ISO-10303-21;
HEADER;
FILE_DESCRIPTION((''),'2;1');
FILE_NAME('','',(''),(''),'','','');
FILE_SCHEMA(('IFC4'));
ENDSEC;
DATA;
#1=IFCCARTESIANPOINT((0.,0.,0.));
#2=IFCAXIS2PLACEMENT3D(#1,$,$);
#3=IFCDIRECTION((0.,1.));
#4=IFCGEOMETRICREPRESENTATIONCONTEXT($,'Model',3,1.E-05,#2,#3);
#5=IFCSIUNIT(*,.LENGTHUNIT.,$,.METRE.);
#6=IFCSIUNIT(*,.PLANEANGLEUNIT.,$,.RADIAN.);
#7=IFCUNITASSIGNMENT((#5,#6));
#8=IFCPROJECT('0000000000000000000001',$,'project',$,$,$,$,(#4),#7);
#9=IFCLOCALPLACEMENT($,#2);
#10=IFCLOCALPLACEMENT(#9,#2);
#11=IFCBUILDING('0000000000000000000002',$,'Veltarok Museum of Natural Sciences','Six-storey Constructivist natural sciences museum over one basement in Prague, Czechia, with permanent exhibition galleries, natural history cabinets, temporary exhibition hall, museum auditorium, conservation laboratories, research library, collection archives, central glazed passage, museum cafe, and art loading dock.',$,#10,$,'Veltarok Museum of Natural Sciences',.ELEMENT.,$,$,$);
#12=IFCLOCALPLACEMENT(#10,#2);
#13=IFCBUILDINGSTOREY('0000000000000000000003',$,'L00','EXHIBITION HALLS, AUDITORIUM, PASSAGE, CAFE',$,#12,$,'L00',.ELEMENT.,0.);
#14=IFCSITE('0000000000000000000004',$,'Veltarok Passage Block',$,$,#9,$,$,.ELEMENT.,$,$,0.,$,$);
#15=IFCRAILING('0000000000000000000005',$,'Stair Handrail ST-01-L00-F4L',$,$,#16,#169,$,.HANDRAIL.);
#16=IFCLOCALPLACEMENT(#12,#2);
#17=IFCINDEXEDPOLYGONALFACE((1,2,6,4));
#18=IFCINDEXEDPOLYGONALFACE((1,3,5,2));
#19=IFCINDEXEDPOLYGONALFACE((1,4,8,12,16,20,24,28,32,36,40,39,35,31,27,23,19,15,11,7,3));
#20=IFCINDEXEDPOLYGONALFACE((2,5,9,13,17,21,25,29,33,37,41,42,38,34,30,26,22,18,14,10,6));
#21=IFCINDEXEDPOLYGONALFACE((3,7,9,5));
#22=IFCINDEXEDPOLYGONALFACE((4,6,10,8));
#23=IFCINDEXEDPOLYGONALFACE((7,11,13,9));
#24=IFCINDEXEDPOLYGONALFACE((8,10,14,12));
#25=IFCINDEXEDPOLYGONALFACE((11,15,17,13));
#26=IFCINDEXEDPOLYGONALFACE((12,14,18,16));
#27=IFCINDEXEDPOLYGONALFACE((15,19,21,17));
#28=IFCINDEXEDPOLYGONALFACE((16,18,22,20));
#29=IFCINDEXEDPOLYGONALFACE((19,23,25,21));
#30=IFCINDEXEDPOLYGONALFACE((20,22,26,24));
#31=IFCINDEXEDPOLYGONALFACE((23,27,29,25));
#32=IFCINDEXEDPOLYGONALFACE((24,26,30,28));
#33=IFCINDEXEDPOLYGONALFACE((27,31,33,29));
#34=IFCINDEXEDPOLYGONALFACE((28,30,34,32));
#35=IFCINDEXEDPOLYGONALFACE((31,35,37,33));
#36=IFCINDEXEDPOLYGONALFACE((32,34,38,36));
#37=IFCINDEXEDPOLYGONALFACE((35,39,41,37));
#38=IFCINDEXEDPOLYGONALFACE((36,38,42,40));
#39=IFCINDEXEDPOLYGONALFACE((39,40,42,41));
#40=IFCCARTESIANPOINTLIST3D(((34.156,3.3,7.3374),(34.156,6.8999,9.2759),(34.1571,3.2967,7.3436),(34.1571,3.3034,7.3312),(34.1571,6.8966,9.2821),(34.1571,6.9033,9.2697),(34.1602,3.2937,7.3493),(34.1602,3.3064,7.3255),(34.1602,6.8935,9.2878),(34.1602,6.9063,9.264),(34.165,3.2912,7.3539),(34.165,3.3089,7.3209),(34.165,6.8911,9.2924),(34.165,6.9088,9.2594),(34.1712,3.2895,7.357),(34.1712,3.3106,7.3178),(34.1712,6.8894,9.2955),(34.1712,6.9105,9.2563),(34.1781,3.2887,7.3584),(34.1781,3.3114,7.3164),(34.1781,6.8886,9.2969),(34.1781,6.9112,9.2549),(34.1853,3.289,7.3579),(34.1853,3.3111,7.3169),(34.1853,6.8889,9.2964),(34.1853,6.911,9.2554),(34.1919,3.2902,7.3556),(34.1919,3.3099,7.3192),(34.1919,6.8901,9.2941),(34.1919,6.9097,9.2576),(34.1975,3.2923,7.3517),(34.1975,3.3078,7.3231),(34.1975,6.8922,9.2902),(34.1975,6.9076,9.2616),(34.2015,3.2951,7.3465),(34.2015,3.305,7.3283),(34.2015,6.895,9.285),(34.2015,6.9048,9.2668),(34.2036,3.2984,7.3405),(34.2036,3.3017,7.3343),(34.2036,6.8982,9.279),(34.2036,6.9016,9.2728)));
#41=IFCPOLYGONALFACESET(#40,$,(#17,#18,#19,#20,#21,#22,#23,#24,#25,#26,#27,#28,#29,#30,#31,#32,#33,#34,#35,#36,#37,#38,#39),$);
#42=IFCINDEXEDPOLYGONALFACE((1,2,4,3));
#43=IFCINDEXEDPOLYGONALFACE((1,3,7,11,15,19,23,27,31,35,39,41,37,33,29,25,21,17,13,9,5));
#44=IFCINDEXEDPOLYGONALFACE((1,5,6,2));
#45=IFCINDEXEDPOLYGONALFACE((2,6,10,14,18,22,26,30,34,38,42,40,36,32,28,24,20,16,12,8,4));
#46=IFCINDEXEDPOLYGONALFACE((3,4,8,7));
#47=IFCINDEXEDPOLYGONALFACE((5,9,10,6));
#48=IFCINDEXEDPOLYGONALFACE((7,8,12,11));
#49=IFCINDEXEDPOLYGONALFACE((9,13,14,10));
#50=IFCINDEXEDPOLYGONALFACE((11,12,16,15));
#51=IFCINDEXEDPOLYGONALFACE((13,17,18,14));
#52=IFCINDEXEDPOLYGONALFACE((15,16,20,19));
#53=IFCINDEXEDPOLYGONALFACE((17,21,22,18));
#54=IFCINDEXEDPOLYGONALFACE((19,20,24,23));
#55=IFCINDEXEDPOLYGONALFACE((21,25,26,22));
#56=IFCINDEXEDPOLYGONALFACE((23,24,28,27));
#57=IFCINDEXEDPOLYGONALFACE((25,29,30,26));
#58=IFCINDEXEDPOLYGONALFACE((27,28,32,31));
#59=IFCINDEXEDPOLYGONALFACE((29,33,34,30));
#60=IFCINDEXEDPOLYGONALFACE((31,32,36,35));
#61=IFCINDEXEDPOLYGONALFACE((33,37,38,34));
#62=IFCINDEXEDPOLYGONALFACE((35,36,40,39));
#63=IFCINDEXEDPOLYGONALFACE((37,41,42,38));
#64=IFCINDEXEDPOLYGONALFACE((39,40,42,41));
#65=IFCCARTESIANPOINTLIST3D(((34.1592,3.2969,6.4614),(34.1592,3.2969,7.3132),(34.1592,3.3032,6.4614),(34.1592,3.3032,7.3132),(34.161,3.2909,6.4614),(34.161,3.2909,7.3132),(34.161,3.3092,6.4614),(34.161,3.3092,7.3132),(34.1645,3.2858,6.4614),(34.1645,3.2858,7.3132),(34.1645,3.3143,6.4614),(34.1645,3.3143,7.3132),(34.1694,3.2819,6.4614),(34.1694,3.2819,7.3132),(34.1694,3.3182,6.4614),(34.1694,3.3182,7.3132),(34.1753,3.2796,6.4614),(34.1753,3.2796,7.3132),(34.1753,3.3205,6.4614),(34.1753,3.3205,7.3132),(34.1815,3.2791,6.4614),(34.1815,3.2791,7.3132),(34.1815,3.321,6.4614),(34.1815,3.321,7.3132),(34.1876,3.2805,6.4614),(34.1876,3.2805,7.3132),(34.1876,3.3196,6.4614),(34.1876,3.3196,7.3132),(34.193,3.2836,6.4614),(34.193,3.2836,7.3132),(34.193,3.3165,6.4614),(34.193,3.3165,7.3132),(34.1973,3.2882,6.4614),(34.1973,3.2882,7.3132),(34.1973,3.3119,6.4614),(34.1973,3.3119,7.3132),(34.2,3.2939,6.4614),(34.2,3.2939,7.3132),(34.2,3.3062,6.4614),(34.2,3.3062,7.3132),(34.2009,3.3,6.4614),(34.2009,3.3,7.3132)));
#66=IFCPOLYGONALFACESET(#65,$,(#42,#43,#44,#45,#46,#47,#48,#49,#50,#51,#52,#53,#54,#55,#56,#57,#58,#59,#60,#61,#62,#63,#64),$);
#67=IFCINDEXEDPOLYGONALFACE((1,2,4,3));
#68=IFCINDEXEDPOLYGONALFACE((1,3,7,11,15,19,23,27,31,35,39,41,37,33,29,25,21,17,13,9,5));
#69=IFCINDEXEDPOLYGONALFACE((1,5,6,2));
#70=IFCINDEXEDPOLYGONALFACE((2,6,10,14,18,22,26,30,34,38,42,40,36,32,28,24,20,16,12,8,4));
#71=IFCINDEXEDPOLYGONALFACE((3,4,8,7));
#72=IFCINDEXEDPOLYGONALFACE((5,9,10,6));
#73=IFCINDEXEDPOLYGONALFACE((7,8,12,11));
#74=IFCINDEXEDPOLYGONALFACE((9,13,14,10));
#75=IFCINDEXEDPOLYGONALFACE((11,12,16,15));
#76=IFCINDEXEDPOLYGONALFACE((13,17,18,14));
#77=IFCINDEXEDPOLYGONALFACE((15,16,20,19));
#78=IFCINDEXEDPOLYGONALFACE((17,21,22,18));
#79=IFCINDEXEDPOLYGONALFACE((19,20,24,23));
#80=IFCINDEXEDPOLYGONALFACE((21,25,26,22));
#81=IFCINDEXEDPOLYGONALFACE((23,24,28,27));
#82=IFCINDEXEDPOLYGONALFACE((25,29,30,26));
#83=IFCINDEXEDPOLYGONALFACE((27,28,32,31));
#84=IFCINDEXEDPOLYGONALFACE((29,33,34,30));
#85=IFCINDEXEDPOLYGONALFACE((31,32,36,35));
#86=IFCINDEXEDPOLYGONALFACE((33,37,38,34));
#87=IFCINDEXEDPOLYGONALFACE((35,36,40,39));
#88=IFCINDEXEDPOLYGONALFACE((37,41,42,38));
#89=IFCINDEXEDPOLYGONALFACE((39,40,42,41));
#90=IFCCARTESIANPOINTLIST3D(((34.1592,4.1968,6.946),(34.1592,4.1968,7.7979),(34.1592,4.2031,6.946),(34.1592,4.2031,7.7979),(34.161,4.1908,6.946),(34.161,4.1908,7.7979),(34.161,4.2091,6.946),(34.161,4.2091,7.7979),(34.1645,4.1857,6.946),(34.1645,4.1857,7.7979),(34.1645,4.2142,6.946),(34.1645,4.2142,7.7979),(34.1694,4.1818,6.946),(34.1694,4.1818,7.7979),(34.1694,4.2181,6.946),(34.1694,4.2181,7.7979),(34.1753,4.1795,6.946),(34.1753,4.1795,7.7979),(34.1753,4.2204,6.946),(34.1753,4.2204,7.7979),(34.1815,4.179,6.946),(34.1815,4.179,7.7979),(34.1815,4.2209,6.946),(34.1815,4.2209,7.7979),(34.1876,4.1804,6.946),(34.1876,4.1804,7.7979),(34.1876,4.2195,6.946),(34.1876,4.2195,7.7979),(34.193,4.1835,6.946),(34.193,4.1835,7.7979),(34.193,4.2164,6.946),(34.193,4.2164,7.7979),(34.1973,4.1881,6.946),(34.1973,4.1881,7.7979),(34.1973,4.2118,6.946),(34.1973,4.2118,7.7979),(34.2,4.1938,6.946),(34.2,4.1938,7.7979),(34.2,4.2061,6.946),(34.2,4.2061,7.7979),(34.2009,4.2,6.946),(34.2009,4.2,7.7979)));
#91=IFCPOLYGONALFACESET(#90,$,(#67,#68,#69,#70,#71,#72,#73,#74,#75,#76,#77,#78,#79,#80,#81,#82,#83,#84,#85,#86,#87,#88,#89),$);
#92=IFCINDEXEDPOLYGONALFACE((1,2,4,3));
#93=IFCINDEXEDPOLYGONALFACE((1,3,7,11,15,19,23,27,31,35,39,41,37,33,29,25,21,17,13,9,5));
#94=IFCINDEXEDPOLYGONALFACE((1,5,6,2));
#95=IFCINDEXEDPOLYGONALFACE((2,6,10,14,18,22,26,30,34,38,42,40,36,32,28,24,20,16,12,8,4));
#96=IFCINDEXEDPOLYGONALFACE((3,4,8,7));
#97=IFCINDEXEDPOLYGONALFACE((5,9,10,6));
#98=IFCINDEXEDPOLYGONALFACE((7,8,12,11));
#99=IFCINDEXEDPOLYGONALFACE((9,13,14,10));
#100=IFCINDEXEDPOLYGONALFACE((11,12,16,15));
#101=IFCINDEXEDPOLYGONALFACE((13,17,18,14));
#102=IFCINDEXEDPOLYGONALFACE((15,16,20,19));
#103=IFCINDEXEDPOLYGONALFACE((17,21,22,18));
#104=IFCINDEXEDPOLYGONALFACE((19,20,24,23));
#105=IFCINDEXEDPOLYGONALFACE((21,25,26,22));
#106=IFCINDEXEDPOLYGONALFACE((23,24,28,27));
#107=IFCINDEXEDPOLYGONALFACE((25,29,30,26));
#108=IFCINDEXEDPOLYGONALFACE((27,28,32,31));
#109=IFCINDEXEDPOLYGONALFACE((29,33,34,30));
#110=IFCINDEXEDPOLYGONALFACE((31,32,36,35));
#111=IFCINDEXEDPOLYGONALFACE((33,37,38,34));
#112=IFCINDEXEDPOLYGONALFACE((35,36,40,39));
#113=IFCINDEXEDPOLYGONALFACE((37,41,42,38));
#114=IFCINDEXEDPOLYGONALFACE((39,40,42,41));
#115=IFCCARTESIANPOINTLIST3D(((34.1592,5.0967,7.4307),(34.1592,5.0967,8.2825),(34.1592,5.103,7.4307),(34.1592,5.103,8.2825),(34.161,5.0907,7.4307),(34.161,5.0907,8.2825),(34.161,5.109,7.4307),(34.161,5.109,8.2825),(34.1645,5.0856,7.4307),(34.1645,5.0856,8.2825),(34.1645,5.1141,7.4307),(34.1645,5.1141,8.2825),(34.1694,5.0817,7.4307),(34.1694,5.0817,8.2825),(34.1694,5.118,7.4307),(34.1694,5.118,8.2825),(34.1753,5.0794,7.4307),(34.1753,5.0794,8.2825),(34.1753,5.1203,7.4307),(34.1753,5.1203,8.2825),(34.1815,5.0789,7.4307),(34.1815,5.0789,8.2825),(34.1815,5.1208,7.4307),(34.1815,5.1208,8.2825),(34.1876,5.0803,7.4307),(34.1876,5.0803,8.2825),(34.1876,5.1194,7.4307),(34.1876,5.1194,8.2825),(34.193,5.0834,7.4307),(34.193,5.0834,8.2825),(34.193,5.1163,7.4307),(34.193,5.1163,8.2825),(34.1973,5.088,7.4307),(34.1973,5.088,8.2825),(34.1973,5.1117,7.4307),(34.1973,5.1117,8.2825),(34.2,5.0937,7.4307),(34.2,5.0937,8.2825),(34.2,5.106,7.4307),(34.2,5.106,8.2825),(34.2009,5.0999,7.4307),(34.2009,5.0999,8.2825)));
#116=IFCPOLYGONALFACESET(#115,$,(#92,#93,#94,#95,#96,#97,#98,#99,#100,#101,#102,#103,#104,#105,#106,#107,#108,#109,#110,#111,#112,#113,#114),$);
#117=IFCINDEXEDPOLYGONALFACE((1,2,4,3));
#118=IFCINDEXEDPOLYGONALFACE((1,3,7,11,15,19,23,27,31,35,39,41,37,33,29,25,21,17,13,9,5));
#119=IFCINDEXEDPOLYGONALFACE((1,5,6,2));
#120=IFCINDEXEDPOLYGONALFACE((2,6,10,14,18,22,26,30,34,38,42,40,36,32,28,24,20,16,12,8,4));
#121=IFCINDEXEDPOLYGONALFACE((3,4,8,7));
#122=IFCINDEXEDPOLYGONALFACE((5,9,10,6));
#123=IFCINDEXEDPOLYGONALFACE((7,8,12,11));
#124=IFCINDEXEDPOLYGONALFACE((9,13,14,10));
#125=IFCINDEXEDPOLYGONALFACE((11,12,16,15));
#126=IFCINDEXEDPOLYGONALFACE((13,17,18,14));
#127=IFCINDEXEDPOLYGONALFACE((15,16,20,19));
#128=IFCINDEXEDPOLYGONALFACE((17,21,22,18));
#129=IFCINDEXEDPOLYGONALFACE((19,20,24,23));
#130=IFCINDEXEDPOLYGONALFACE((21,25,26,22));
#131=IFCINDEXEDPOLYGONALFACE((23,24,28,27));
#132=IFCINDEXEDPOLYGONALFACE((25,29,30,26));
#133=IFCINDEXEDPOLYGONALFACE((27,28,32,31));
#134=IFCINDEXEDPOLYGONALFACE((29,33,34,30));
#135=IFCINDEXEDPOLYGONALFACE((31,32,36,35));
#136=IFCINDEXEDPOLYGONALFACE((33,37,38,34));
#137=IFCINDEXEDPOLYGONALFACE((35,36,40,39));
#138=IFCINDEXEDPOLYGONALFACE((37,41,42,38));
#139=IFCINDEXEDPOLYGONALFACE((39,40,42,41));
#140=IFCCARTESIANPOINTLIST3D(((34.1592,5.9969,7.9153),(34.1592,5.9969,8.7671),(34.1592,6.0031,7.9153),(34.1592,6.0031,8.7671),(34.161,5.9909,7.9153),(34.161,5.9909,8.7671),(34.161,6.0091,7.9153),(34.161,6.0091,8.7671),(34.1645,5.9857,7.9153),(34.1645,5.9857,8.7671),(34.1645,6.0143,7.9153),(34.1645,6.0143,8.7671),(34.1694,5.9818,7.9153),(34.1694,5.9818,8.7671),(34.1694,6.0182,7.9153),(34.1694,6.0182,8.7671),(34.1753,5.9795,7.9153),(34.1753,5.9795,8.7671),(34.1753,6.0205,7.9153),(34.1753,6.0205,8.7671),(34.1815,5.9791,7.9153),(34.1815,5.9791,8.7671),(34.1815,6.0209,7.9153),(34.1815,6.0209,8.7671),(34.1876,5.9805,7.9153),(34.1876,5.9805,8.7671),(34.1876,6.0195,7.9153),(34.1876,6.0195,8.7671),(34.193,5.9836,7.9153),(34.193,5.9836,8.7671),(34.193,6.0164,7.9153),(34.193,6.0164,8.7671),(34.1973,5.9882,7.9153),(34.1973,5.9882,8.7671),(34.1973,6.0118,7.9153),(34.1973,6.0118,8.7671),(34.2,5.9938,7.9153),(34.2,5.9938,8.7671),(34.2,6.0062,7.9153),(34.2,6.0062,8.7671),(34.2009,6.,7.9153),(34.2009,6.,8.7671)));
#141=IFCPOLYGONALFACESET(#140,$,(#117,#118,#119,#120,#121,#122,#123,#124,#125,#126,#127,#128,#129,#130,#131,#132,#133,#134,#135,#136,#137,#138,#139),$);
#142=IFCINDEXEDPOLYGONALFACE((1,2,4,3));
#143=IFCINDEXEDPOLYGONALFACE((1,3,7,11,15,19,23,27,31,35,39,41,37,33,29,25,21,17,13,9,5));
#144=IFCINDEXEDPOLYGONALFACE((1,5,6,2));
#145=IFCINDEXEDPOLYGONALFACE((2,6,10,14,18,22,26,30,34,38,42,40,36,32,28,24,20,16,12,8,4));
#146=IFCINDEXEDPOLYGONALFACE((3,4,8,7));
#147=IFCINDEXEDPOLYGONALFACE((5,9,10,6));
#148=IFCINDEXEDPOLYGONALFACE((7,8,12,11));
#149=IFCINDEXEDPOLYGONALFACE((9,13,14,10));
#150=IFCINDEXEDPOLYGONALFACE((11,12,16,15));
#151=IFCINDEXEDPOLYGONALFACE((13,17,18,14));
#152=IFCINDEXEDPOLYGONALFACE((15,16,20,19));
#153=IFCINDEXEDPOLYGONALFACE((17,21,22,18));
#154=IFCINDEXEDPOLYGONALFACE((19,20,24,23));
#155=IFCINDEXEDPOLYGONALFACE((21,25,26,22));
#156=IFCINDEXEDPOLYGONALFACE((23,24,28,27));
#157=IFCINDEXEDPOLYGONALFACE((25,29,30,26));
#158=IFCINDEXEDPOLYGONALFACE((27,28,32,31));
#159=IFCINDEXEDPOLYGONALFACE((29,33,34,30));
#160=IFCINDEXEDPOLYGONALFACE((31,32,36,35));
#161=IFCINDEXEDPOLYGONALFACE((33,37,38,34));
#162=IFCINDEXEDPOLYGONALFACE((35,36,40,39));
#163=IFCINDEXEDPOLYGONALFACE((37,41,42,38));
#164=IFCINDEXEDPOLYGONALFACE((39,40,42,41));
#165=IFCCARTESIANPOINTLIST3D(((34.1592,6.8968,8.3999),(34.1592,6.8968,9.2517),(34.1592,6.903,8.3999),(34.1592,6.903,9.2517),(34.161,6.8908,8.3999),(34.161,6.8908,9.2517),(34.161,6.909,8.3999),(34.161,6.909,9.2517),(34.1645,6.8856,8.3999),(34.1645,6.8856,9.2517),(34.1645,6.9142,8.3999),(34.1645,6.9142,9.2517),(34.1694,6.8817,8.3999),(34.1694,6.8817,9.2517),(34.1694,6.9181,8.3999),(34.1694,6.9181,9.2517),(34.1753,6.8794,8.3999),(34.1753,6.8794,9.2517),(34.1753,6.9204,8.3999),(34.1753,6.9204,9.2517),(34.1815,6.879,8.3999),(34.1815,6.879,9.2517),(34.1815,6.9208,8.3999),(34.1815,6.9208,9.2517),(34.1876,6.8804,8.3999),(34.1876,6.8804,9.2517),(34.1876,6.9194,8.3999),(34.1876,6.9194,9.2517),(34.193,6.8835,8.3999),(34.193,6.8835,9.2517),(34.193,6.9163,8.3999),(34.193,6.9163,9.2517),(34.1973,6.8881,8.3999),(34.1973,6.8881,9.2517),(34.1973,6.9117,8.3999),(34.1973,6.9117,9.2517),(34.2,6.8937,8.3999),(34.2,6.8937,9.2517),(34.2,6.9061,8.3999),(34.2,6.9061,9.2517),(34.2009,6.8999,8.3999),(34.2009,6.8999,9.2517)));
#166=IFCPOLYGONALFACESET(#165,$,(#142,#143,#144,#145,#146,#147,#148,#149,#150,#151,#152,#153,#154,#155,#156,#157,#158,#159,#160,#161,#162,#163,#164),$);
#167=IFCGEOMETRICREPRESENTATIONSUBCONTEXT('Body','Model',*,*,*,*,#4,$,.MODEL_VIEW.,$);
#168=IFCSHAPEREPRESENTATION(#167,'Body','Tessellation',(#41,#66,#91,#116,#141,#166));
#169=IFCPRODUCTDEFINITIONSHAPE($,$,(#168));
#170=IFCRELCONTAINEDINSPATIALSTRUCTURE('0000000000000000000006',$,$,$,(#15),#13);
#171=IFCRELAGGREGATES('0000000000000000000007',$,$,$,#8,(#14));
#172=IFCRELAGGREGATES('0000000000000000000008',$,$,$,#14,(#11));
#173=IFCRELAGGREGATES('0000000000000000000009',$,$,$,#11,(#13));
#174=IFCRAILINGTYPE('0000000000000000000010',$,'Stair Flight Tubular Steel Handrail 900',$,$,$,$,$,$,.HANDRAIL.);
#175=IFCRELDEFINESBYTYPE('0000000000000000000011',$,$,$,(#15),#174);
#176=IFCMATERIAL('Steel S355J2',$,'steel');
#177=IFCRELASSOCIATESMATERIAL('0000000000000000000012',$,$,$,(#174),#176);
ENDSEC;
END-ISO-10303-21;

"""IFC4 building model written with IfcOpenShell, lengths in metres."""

from ifc_helpers import new_model, si_unit, direction, frame, origin, origin_2d, place, context, subcontext, project, spatial, circle, extrude, material, type_object, element, save


model = new_model("IFC4")

# Units and contexts
model_context = context("Model", 3, precision=1e-05, world=origin(), true_north=direction((0.0, 1.0)))
body_context = subcontext(model_context, "Body", "Model", "MODEL_VIEW")
ifc_project = project(units=[si_unit("LENGTHUNIT", "METRE"), si_unit("PLANEANGLEUNIT", "RADIAN")], contexts=[model_context])

# Site, building, storey
site_placement = place(None, origin())
site = spatial("IfcSite", under=ifc_project, at=site_placement, Name="Veltarok Passage Block", CompositionType="ELEMENT", RefElevation=0.0)
building_placement = place(site_placement, origin())
building = spatial("IfcBuilding", under=site, at=building_placement, Name="Veltarok Museum of Natural Sciences", Description="Six-storey Constructivist natural sciences museum over one basement in Prague, Czechia, with permanent exhibition galleries, natural history cabinets, temporary exhibition hall, museum auditorium, conservation laboratories, research library, collection archives, central glazed passage, museum cafe, and art loading dock.", LongName="Veltarok Museum of Natural Sciences", CompositionType="ELEMENT")
storey_placement = place(building_placement, origin())
storey = spatial("IfcBuildingStorey", under=building, at=storey_placement, Name="L00", Description="EXHIBITION HALLS, AUDITORIUM, PASSAGE, CAFE", LongName="L00", CompositionType="ELEMENT", Elevation=0.0)

# Shared definitions
ifc_material_1 = material(Name="Steel S355J2", Category="steel")

# Railing
railing_type_1 = type_object("IfcRailingType", Name="Stair Flight Tubular Steel Handrail 900", PredefinedType="HANDRAIL", material=ifc_material_1)
for number, where, name in (
    (1, (34.1799, 3.3, 6.4614), "Stair Handrail ST-01-L00-F4L"),
):
    element("IfcRailing", number, at=place(storey_placement, frame(where)), inside=storey, type_object=railing_type_1, Name=name, PredefinedType="HANDRAIL", context=body_context, shape_type="SweptSolid", body=[
        extrude(circle(Radius=0.0239, at=origin_2d()), frame((0.0, 0.0, 0.876), z_axis=(0.0, 0.880462, 0.474118), x_axis=(-1.0, 0.0, 0.0)), (0.0, 0.0, 1.0), 4.0886),
        extrude(circle(Radius=0.021, at=origin_2d()), origin(), (0.0, 0.0, 1.0), 0.8518),
        extrude(circle(Radius=0.021, at=origin_2d()), frame((0.0, 0.8999, 0.4846)), (0.0, 0.0, 1.0), 0.8518),
        extrude(circle(Radius=0.021, at=origin_2d()), frame((0.0, 1.7998, 0.9692)), (0.0, 0.0, 1.0), 0.8518),
        extrude(circle(Radius=0.021, at=origin_2d()), frame((0.0, 2.7, 1.4539)), (0.0, 0.0, 1.0), 0.8518),
        extrude(circle(Radius=0.021, at=origin_2d()), frame((0.0, 3.5999, 1.9385)), (0.0, 0.0, 1.0), 0.8518),
    ])

save(model, "model.ifc")
